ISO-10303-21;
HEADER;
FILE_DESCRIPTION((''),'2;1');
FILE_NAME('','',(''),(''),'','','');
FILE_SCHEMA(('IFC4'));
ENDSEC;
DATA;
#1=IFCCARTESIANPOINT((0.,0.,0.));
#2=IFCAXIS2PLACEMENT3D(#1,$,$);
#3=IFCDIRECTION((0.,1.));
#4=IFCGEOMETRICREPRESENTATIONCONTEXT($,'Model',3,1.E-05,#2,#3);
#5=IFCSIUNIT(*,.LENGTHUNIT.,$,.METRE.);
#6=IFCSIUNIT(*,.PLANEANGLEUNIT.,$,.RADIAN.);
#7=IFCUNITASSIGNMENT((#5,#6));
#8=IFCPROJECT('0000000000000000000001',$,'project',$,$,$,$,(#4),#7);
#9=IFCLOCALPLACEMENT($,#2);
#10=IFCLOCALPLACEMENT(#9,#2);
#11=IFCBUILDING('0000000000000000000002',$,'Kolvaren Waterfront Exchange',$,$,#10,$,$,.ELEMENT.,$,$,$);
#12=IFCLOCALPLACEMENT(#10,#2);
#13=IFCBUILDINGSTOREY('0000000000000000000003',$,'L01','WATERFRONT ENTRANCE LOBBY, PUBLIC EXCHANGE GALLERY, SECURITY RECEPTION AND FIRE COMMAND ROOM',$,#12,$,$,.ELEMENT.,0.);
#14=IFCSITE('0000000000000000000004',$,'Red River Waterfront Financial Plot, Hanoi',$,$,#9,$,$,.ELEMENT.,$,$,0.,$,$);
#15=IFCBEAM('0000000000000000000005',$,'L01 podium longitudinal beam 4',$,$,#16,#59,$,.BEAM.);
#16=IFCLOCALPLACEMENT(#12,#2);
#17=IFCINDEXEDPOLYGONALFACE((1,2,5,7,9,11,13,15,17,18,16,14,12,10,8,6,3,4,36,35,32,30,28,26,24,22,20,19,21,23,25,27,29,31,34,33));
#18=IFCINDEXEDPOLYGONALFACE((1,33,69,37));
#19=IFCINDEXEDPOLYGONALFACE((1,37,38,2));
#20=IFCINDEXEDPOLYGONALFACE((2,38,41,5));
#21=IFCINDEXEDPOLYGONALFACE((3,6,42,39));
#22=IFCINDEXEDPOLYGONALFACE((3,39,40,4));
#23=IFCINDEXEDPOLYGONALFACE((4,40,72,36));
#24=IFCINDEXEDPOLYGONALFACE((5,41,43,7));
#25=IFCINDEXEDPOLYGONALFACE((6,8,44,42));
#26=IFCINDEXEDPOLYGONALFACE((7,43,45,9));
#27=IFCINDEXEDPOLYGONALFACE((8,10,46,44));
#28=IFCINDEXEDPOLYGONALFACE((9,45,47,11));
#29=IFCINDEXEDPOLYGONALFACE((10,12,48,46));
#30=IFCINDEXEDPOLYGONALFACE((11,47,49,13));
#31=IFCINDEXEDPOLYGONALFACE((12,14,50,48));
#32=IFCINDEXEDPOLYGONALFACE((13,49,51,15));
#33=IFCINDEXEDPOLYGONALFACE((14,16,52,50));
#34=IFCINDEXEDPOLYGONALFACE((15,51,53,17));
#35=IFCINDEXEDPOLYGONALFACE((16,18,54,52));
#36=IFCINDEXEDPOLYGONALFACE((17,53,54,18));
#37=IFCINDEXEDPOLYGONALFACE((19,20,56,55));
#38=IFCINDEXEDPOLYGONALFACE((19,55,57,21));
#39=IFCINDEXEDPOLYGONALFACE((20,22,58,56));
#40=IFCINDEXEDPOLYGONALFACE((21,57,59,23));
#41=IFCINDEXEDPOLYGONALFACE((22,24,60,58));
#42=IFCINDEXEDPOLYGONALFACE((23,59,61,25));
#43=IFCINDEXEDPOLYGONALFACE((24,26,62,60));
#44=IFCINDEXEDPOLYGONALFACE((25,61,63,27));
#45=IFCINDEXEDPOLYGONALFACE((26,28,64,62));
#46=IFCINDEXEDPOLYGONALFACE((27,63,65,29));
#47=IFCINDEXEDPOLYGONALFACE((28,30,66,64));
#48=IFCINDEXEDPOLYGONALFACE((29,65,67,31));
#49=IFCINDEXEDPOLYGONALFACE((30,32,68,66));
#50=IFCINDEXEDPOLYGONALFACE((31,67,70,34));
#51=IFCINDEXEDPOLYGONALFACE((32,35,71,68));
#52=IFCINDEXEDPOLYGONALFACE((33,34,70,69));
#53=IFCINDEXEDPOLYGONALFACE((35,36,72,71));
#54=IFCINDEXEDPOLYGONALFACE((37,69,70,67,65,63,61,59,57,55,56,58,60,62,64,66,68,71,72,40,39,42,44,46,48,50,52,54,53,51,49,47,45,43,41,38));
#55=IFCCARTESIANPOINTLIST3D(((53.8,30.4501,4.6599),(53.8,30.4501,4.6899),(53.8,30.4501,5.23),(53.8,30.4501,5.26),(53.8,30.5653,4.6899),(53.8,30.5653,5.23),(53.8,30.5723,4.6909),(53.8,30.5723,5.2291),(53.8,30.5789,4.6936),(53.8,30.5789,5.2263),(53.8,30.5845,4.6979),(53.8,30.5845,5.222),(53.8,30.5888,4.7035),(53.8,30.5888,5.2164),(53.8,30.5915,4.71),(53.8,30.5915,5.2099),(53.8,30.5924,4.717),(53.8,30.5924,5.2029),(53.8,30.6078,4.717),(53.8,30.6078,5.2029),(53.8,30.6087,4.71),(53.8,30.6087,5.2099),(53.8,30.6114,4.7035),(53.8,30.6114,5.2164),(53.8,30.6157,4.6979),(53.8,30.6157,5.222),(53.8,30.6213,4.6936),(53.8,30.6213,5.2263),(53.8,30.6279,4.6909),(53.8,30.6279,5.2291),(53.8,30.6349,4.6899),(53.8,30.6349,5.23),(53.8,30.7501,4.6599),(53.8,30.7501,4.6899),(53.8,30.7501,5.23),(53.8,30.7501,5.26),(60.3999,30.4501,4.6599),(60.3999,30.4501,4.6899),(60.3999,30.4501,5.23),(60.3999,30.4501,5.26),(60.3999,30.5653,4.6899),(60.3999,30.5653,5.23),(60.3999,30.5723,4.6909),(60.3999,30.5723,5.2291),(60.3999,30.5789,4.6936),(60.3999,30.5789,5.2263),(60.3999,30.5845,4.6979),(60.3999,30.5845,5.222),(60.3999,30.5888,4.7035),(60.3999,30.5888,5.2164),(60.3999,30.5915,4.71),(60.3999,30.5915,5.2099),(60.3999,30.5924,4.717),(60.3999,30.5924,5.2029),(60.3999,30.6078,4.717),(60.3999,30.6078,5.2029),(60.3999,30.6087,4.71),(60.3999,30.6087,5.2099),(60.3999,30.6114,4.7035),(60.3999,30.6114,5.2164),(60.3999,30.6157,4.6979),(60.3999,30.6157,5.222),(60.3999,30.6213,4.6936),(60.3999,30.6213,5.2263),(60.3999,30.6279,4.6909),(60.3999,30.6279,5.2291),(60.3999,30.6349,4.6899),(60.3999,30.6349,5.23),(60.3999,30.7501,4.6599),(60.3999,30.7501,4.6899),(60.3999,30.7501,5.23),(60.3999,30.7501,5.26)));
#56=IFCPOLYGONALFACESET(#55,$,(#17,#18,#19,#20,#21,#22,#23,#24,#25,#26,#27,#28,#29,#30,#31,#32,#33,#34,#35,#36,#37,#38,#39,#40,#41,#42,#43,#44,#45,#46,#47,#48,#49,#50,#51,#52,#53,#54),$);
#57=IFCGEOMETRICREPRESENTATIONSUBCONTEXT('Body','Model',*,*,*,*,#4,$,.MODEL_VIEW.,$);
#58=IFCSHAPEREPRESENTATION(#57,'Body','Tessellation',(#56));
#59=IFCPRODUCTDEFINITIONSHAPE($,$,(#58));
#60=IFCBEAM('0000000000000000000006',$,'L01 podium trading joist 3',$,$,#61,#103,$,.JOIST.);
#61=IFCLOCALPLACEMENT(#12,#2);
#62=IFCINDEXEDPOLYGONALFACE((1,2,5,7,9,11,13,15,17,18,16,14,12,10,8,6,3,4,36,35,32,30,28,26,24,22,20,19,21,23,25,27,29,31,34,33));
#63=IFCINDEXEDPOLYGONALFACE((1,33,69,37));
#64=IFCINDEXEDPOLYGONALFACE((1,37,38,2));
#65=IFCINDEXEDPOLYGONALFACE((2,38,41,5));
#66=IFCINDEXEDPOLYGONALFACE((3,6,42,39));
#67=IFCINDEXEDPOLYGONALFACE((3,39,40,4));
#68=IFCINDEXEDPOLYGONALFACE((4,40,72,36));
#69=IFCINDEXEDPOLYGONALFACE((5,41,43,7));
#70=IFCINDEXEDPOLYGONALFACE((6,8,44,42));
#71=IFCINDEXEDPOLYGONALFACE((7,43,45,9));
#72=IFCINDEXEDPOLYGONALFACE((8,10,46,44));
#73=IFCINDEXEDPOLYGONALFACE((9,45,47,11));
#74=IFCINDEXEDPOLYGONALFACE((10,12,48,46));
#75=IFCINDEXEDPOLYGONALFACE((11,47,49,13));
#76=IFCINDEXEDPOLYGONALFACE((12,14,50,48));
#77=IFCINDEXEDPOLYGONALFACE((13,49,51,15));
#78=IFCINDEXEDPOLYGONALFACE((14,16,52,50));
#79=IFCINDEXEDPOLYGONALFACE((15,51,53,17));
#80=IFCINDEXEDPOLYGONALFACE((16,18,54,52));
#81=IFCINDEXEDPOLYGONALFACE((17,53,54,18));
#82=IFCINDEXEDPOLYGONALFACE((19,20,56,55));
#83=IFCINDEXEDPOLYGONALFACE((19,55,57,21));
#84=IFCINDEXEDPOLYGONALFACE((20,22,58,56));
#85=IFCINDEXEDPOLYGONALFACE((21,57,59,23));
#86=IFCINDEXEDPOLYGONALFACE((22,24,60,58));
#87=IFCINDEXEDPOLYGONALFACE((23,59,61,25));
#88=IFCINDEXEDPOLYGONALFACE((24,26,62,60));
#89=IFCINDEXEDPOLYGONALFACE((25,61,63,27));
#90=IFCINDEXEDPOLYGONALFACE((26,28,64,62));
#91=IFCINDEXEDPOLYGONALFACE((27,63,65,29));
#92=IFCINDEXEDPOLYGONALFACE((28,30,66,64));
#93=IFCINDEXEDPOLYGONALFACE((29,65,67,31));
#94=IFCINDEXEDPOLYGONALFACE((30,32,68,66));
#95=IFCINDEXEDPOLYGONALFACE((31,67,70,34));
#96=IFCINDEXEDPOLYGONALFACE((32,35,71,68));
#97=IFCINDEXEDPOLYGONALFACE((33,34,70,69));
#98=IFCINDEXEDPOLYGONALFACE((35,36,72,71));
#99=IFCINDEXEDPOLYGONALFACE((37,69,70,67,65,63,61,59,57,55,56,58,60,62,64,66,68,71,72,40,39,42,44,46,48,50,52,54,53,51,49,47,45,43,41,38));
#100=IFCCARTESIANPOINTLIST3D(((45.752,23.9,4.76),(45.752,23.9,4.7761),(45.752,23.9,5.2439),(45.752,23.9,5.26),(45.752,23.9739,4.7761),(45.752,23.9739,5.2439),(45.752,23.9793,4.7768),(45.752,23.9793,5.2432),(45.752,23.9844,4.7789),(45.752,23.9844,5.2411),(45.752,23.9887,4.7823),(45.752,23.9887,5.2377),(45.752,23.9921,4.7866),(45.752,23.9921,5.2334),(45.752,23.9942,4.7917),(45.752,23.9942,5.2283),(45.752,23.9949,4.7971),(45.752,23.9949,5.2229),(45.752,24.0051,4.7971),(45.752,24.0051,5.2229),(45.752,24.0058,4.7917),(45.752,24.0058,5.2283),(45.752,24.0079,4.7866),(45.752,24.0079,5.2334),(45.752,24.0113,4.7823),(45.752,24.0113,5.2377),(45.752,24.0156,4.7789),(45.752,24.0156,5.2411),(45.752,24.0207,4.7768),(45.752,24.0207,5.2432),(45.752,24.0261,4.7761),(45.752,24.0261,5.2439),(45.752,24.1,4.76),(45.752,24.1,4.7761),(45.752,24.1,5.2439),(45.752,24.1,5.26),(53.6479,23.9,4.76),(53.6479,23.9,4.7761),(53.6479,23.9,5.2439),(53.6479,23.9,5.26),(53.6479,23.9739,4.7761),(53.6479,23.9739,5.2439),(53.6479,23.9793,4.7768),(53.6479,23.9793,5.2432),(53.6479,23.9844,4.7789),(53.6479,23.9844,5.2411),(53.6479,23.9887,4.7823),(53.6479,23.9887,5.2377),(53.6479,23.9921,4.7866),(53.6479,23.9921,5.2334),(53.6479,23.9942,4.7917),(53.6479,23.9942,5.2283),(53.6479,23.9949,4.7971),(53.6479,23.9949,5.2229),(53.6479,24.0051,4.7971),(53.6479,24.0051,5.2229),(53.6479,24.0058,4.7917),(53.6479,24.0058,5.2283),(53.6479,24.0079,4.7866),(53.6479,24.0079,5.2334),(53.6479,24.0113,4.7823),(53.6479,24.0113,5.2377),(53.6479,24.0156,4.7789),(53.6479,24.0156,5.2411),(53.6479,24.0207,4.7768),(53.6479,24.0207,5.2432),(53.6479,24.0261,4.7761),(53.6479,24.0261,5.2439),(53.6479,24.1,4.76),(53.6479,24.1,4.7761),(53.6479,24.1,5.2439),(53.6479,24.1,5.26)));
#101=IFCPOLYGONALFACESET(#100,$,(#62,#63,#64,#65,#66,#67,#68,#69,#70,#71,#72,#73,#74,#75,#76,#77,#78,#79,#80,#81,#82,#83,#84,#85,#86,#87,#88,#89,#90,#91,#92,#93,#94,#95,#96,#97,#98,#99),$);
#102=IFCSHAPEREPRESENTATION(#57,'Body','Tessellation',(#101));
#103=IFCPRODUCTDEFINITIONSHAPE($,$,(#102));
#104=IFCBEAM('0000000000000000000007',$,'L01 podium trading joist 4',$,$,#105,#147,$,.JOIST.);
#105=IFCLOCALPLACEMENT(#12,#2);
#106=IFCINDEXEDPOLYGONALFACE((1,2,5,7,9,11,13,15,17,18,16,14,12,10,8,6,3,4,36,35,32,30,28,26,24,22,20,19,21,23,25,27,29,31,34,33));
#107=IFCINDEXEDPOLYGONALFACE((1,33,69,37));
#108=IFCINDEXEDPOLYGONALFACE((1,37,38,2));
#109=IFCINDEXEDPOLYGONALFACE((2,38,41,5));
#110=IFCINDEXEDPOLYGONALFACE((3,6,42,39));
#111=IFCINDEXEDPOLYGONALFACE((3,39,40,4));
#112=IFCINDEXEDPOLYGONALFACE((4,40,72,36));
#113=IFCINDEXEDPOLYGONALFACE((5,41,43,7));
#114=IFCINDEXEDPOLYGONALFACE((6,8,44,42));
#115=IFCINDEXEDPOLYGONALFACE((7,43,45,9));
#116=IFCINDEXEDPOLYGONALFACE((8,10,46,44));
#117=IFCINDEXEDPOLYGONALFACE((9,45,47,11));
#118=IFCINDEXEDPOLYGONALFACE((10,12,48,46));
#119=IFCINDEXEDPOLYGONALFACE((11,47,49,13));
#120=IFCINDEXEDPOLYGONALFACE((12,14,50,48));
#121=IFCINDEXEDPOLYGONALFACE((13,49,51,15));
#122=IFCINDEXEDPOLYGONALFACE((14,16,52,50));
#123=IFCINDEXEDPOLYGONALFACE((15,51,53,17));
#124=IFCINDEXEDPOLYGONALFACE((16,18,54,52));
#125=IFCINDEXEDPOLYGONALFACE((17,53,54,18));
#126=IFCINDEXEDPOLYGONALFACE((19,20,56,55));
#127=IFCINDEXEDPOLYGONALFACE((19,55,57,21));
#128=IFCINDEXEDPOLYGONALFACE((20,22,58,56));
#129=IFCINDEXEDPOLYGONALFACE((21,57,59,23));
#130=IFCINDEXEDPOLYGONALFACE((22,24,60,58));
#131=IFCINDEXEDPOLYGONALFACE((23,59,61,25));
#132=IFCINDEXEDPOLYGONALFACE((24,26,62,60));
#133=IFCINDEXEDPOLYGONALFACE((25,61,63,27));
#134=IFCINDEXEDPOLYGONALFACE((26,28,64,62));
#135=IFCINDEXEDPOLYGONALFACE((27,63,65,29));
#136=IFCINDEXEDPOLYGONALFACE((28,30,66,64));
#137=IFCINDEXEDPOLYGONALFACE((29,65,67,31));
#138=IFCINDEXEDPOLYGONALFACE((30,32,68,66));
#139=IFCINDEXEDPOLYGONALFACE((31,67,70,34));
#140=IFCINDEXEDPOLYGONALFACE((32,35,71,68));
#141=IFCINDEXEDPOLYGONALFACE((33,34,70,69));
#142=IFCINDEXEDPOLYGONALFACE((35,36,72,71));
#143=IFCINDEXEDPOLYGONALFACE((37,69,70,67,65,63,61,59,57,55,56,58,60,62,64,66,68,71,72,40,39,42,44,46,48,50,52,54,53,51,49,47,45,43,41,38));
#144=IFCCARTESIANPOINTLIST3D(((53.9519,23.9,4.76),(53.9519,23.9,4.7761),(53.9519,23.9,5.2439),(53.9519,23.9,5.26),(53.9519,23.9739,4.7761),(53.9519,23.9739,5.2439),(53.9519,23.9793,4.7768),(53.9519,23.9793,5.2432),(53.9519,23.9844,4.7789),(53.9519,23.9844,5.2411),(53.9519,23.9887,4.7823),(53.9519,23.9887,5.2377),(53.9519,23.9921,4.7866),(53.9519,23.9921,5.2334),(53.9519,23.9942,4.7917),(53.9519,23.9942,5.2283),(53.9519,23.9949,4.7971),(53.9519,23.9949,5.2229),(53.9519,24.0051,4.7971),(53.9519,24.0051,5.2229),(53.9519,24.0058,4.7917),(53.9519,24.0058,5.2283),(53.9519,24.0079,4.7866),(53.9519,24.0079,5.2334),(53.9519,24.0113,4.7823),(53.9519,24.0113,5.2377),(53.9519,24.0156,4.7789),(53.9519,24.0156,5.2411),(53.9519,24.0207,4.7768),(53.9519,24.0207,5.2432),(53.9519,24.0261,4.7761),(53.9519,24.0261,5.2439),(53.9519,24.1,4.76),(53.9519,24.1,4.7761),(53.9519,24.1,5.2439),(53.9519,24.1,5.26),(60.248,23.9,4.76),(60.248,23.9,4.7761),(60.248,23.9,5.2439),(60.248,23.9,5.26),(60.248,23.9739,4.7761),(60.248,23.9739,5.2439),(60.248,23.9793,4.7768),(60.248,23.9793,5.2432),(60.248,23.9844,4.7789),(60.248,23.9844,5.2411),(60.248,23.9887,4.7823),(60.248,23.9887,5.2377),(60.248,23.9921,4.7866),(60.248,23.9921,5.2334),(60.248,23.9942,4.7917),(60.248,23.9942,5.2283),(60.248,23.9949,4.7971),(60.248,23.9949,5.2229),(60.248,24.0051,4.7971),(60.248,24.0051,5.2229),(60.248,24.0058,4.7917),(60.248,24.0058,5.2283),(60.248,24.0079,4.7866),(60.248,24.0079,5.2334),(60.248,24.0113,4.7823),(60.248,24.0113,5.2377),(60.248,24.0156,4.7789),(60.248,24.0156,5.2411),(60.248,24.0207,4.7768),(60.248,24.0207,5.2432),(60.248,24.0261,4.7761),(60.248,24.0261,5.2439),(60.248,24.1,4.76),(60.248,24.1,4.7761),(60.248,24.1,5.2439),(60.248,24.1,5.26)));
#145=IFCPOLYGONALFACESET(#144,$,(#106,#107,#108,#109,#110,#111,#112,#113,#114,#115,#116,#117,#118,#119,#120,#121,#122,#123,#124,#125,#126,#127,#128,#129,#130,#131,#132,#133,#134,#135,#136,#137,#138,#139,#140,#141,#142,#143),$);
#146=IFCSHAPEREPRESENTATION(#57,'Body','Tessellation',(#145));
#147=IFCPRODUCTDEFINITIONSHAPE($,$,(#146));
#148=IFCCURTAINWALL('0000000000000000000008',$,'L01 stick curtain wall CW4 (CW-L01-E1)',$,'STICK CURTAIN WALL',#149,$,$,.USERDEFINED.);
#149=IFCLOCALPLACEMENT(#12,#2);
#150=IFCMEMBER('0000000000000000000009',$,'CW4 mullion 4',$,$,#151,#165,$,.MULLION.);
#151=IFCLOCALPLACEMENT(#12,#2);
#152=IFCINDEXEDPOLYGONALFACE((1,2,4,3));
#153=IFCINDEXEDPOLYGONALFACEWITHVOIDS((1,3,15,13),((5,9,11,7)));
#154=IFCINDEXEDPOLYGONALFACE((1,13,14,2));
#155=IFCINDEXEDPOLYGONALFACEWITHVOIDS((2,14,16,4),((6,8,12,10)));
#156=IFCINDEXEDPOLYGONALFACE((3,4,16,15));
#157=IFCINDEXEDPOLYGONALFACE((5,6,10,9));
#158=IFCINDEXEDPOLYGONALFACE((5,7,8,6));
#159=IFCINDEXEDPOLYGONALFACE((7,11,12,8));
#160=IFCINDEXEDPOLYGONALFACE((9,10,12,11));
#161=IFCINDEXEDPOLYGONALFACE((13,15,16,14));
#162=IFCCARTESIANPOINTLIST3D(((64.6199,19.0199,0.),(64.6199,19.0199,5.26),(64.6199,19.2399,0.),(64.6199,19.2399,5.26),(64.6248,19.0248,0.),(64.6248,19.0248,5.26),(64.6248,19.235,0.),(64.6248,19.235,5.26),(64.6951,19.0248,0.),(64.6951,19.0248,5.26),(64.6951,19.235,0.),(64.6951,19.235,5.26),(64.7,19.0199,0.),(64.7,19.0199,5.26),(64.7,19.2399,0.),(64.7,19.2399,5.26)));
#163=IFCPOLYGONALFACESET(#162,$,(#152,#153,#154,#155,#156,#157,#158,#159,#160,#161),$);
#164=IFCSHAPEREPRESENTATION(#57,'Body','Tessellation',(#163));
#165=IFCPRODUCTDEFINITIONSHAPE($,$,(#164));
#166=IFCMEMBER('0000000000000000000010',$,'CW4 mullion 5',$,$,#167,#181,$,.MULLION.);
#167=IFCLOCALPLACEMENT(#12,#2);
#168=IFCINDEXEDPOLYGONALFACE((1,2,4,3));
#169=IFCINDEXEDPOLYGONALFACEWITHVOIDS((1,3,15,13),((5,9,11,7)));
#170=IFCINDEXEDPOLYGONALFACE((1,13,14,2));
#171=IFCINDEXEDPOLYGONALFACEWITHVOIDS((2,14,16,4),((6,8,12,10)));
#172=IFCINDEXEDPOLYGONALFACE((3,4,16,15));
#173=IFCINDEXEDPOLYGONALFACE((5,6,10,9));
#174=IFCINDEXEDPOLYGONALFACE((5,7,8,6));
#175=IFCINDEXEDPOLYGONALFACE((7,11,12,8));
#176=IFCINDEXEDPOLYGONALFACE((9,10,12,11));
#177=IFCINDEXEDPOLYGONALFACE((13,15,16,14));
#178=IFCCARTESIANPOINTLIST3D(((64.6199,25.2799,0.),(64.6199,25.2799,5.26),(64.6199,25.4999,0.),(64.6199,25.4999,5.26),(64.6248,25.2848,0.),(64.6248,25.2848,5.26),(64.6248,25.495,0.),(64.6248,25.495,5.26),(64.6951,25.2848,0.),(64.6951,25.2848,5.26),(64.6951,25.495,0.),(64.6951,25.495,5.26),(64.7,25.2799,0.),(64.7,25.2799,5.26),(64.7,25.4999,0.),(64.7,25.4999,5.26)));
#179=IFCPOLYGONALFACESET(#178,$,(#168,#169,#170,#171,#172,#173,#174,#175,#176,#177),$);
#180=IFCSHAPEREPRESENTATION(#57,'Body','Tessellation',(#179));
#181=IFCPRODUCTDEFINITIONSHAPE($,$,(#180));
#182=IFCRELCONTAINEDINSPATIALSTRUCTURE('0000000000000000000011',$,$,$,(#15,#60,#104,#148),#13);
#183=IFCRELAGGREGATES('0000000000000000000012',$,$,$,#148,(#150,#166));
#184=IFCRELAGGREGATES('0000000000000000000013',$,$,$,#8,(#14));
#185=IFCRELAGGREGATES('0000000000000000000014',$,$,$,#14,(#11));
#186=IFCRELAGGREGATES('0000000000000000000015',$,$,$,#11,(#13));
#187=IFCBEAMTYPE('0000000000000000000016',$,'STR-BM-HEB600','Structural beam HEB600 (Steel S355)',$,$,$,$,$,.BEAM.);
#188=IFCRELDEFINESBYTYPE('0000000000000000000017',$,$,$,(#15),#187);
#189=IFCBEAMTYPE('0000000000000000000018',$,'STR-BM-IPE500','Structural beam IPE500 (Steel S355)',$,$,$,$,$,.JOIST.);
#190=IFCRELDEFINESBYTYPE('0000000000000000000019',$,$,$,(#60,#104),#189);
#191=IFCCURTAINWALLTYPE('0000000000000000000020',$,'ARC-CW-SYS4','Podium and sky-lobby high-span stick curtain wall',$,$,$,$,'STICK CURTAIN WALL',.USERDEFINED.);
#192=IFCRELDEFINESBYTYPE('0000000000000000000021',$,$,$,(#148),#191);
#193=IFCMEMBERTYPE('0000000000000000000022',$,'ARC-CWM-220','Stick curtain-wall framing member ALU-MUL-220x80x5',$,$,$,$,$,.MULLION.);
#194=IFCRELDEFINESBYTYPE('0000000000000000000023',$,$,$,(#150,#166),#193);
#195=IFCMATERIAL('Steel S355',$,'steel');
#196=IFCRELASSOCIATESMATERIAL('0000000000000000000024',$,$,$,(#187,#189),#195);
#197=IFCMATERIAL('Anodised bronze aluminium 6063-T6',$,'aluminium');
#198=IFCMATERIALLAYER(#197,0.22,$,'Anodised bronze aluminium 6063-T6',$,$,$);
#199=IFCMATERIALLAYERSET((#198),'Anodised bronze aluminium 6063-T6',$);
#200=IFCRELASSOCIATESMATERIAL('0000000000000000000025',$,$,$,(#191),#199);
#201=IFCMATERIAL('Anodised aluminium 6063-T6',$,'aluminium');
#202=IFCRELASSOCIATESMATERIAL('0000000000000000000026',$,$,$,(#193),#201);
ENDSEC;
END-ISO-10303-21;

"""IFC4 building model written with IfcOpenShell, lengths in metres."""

from ifc_helpers import new_model, si_unit, direction, frame, origin, origin_with_axes, origin_2d, place, context, subcontext, project, spatial, hollow_rectangle, i_section, extrude, source, transform, mapped, material, layer, layer_set, material_profile, profile_set, type_object, element, aggregate, save


model = new_model("IFC4")

# Units and contexts
model_context = context("Model", 3, precision=1e-05, world=origin(), true_north=direction((0.0, 1.0)))
body_context = subcontext(model_context, "Body", "Model", "MODEL_VIEW")
ifc_project = project(units=[si_unit("LENGTHUNIT", "METRE"), si_unit("PLANEANGLEUNIT", "RADIAN")], contexts=[model_context])

# Site, building, storey
site_placement = place(None, origin())
site = spatial("IfcSite", under=ifc_project, at=site_placement, Name="Red River Waterfront Financial Plot, Hanoi", CompositionType="ELEMENT", RefElevation=0.0)
building_placement = place(site_placement, origin())
building = spatial("IfcBuilding", under=site, at=building_placement, Name="Kolvaren Waterfront Exchange", CompositionType="ELEMENT")
storey_placement = place(building_placement, origin())
storey = spatial("IfcBuildingStorey", under=building, at=storey_placement, Name="L01", Description="WATERFRONT ENTRANCE LOBBY, PUBLIC EXCHANGE GALLERY, SECURITY RECEPTION AND FIRE COMMAND ROOM", CompositionType="ELEMENT", Elevation=0.0)

# Beams
ifc_material_1 = material(Name="Steel S355", Category="steel")
ifc_material_profile_1 = material_profile(ifc_material_1, i_section(OverallWidth=0.3, OverallDepth=0.6001, WebThickness=0.0154, FlangeThickness=0.03, FilletRadius=0.0271, at=origin_2d()), Name="HEB600")
ifc_profile_set_1 = profile_set([ifc_material_profile_1], Name="Steel S355")
beam_type_1 = type_object("IfcBeamType", Name="STR-BM-HEB600", Description="Structural beam HEB600 (Steel S355)", PredefinedType="BEAM", material=ifc_profile_set_1)
beam_1_placement = place(storey_placement, frame((53.8, 30.6001, 4.96), z_axis=(1.0, 0.0, 0.0), x_axis=(0.0, 1.0, 0.0)))
element("IfcBeam", 1, at=beam_1_placement, inside=storey, type_object=beam_type_1, Name="L01 podium longitudinal beam 4", PredefinedType="BEAM", context=body_context, shape_type="SweptSolid", body=[
    extrude(i_section(OverallWidth=0.3, OverallDepth=0.6001, WebThickness=0.0154, FlangeThickness=0.03, FilletRadius=0.0271, at=origin_2d()), origin(), (0.0, 0.0, 1.0), 6.5999),
])
ifc_material_profile_2 = material_profile(ifc_material_1, i_section(OverallWidth=0.2, OverallDepth=0.5, WebThickness=0.0103, FlangeThickness=0.0161, FilletRadius=0.021, at=origin_2d()), Name="IPE500")
ifc_profile_set_2 = profile_set([ifc_material_profile_2], Name="Steel S355")
beam_type_2 = type_object("IfcBeamType", Name="STR-BM-IPE500", Description="Structural beam IPE500 (Steel S355)", PredefinedType="JOIST", material=ifc_profile_set_2)
beam_2_placement = place(storey_placement, frame((45.752, 24.0, 5.01), z_axis=(1.0, 0.0, 0.0), x_axis=(0.0, 1.0, 0.0)))
element("IfcBeam", 2, at=beam_2_placement, inside=storey, type_object=beam_type_2, Name="L01 podium trading joist 3", PredefinedType="JOIST", context=body_context, shape_type="SweptSolid", body=[
    extrude(i_section(OverallWidth=0.2, OverallDepth=0.5, WebThickness=0.0103, FlangeThickness=0.0161, FilletRadius=0.021, at=origin_2d()), origin(), (0.0, 0.0, 1.0), 7.896),
])
beam_3_placement = place(storey_placement, frame((53.9519, 24.0, 5.01), z_axis=(1.0, 0.0, 0.0), x_axis=(0.0, 1.0, 0.0)))
element("IfcBeam", 3, at=beam_3_placement, inside=storey, type_object=beam_type_2, Name="L01 podium trading joist 4", PredefinedType="JOIST", context=body_context, shape_type="SweptSolid", body=[
    extrude(i_section(OverallWidth=0.2, OverallDepth=0.5, WebThickness=0.0103, FlangeThickness=0.0161, FilletRadius=0.021, at=origin_2d()), origin(), (0.0, 0.0, 1.0), 6.2961),
])

# Curtain wall, members
ifc_material_2 = material(Name="Anodised bronze aluminium 6063-T6", Category="aluminium")
ifc_layer_1 = layer(ifc_material_2, 0.22, Name="Anodised bronze aluminium 6063-T6")
ifc_layer_set_1 = layer_set([ifc_layer_1], Name="Anodised bronze aluminium 6063-T6")
curtain_wall_type = type_object("IfcCurtainWallType", Name="ARC-CW-SYS4", Description="Podium and sky-lobby high-span stick curtain wall", ElementType="STICK CURTAIN WALL", PredefinedType="USERDEFINED", material=ifc_layer_set_1)
curtain_wall_1_placement = place(storey_placement, origin())
curtain_wall_1 = element("IfcCurtainWall", 4, at=curtain_wall_1_placement, inside=storey, type_object=curtain_wall_type, Name="L01 stick curtain wall CW4 (CW-L01-E1)", ObjectType="STICK CURTAIN WALL", PredefinedType="USERDEFINED")
ifc_material_3 = material(Name="Anodised aluminium 6063-T6", Category="aluminium")
ifc_material_profile_3 = material_profile(ifc_material_3, hollow_rectangle(XDim=0.0801, YDim=0.22, WallThickness=0.0049, at=origin_2d()), Name="ALU-MUL-220x80x5")
ifc_profile_set_3 = profile_set([ifc_material_profile_3], Name="Anodised aluminium 6063-T6")
member_type_1 = type_object("IfcMemberType", Name="ARC-CWM-220", Description="Stick curtain-wall framing member ALU-MUL-220x80x5", PredefinedType="MULLION", material=ifc_profile_set_3)
shared_shape_1 = source(origin_with_axes(), body_context, "Body", "SweptSolid", [
    extrude(hollow_rectangle(XDim=0.0801, YDim=0.22, WallThickness=0.0049, at=origin_2d()), origin(), (0.0, 0.0, 1.0), 5.26),
])
member_1_placement = place(storey_placement, frame((64.6599, 19.1299, 0.0), z_axis=(0.0, 0.0, 1.0), x_axis=(-1.0, 0.0, 0.0)))
member_1 = element("IfcMember", 5, at=member_1_placement, type_object=member_type_1, Name="CW4 mullion 4", PredefinedType="MULLION", context=body_context, shape_type="MappedRepresentation", body=[
    mapped(shared_shape_1, transform((0.0, 0.0, 0.0), x_axis=(1.0, 0.0, 0.0), y_axis=(0.0, 1.0, 0.0), z_axis=(0.0, 0.0, 1.0), scale=1.0)),
])
member_2_placement = place(storey_placement, frame((64.6599, 25.3899, 0.0), z_axis=(0.0, 0.0, 1.0), x_axis=(-1.0, 0.0, 0.0)))
member_2 = element("IfcMember", 6, at=member_2_placement, type_object=member_type_1, Name="CW4 mullion 5", PredefinedType="MULLION", context=body_context, shape_type="MappedRepresentation", body=[
    mapped(shared_shape_1, transform((0.0, 0.0, 0.0), x_axis=(1.0, 0.0, 0.0), y_axis=(0.0, 1.0, 0.0), z_axis=(0.0, 0.0, 1.0), scale=1.0)),
])

aggregate(curtain_wall_1, [member_1, member_2])

save(model, "model.ifc")
